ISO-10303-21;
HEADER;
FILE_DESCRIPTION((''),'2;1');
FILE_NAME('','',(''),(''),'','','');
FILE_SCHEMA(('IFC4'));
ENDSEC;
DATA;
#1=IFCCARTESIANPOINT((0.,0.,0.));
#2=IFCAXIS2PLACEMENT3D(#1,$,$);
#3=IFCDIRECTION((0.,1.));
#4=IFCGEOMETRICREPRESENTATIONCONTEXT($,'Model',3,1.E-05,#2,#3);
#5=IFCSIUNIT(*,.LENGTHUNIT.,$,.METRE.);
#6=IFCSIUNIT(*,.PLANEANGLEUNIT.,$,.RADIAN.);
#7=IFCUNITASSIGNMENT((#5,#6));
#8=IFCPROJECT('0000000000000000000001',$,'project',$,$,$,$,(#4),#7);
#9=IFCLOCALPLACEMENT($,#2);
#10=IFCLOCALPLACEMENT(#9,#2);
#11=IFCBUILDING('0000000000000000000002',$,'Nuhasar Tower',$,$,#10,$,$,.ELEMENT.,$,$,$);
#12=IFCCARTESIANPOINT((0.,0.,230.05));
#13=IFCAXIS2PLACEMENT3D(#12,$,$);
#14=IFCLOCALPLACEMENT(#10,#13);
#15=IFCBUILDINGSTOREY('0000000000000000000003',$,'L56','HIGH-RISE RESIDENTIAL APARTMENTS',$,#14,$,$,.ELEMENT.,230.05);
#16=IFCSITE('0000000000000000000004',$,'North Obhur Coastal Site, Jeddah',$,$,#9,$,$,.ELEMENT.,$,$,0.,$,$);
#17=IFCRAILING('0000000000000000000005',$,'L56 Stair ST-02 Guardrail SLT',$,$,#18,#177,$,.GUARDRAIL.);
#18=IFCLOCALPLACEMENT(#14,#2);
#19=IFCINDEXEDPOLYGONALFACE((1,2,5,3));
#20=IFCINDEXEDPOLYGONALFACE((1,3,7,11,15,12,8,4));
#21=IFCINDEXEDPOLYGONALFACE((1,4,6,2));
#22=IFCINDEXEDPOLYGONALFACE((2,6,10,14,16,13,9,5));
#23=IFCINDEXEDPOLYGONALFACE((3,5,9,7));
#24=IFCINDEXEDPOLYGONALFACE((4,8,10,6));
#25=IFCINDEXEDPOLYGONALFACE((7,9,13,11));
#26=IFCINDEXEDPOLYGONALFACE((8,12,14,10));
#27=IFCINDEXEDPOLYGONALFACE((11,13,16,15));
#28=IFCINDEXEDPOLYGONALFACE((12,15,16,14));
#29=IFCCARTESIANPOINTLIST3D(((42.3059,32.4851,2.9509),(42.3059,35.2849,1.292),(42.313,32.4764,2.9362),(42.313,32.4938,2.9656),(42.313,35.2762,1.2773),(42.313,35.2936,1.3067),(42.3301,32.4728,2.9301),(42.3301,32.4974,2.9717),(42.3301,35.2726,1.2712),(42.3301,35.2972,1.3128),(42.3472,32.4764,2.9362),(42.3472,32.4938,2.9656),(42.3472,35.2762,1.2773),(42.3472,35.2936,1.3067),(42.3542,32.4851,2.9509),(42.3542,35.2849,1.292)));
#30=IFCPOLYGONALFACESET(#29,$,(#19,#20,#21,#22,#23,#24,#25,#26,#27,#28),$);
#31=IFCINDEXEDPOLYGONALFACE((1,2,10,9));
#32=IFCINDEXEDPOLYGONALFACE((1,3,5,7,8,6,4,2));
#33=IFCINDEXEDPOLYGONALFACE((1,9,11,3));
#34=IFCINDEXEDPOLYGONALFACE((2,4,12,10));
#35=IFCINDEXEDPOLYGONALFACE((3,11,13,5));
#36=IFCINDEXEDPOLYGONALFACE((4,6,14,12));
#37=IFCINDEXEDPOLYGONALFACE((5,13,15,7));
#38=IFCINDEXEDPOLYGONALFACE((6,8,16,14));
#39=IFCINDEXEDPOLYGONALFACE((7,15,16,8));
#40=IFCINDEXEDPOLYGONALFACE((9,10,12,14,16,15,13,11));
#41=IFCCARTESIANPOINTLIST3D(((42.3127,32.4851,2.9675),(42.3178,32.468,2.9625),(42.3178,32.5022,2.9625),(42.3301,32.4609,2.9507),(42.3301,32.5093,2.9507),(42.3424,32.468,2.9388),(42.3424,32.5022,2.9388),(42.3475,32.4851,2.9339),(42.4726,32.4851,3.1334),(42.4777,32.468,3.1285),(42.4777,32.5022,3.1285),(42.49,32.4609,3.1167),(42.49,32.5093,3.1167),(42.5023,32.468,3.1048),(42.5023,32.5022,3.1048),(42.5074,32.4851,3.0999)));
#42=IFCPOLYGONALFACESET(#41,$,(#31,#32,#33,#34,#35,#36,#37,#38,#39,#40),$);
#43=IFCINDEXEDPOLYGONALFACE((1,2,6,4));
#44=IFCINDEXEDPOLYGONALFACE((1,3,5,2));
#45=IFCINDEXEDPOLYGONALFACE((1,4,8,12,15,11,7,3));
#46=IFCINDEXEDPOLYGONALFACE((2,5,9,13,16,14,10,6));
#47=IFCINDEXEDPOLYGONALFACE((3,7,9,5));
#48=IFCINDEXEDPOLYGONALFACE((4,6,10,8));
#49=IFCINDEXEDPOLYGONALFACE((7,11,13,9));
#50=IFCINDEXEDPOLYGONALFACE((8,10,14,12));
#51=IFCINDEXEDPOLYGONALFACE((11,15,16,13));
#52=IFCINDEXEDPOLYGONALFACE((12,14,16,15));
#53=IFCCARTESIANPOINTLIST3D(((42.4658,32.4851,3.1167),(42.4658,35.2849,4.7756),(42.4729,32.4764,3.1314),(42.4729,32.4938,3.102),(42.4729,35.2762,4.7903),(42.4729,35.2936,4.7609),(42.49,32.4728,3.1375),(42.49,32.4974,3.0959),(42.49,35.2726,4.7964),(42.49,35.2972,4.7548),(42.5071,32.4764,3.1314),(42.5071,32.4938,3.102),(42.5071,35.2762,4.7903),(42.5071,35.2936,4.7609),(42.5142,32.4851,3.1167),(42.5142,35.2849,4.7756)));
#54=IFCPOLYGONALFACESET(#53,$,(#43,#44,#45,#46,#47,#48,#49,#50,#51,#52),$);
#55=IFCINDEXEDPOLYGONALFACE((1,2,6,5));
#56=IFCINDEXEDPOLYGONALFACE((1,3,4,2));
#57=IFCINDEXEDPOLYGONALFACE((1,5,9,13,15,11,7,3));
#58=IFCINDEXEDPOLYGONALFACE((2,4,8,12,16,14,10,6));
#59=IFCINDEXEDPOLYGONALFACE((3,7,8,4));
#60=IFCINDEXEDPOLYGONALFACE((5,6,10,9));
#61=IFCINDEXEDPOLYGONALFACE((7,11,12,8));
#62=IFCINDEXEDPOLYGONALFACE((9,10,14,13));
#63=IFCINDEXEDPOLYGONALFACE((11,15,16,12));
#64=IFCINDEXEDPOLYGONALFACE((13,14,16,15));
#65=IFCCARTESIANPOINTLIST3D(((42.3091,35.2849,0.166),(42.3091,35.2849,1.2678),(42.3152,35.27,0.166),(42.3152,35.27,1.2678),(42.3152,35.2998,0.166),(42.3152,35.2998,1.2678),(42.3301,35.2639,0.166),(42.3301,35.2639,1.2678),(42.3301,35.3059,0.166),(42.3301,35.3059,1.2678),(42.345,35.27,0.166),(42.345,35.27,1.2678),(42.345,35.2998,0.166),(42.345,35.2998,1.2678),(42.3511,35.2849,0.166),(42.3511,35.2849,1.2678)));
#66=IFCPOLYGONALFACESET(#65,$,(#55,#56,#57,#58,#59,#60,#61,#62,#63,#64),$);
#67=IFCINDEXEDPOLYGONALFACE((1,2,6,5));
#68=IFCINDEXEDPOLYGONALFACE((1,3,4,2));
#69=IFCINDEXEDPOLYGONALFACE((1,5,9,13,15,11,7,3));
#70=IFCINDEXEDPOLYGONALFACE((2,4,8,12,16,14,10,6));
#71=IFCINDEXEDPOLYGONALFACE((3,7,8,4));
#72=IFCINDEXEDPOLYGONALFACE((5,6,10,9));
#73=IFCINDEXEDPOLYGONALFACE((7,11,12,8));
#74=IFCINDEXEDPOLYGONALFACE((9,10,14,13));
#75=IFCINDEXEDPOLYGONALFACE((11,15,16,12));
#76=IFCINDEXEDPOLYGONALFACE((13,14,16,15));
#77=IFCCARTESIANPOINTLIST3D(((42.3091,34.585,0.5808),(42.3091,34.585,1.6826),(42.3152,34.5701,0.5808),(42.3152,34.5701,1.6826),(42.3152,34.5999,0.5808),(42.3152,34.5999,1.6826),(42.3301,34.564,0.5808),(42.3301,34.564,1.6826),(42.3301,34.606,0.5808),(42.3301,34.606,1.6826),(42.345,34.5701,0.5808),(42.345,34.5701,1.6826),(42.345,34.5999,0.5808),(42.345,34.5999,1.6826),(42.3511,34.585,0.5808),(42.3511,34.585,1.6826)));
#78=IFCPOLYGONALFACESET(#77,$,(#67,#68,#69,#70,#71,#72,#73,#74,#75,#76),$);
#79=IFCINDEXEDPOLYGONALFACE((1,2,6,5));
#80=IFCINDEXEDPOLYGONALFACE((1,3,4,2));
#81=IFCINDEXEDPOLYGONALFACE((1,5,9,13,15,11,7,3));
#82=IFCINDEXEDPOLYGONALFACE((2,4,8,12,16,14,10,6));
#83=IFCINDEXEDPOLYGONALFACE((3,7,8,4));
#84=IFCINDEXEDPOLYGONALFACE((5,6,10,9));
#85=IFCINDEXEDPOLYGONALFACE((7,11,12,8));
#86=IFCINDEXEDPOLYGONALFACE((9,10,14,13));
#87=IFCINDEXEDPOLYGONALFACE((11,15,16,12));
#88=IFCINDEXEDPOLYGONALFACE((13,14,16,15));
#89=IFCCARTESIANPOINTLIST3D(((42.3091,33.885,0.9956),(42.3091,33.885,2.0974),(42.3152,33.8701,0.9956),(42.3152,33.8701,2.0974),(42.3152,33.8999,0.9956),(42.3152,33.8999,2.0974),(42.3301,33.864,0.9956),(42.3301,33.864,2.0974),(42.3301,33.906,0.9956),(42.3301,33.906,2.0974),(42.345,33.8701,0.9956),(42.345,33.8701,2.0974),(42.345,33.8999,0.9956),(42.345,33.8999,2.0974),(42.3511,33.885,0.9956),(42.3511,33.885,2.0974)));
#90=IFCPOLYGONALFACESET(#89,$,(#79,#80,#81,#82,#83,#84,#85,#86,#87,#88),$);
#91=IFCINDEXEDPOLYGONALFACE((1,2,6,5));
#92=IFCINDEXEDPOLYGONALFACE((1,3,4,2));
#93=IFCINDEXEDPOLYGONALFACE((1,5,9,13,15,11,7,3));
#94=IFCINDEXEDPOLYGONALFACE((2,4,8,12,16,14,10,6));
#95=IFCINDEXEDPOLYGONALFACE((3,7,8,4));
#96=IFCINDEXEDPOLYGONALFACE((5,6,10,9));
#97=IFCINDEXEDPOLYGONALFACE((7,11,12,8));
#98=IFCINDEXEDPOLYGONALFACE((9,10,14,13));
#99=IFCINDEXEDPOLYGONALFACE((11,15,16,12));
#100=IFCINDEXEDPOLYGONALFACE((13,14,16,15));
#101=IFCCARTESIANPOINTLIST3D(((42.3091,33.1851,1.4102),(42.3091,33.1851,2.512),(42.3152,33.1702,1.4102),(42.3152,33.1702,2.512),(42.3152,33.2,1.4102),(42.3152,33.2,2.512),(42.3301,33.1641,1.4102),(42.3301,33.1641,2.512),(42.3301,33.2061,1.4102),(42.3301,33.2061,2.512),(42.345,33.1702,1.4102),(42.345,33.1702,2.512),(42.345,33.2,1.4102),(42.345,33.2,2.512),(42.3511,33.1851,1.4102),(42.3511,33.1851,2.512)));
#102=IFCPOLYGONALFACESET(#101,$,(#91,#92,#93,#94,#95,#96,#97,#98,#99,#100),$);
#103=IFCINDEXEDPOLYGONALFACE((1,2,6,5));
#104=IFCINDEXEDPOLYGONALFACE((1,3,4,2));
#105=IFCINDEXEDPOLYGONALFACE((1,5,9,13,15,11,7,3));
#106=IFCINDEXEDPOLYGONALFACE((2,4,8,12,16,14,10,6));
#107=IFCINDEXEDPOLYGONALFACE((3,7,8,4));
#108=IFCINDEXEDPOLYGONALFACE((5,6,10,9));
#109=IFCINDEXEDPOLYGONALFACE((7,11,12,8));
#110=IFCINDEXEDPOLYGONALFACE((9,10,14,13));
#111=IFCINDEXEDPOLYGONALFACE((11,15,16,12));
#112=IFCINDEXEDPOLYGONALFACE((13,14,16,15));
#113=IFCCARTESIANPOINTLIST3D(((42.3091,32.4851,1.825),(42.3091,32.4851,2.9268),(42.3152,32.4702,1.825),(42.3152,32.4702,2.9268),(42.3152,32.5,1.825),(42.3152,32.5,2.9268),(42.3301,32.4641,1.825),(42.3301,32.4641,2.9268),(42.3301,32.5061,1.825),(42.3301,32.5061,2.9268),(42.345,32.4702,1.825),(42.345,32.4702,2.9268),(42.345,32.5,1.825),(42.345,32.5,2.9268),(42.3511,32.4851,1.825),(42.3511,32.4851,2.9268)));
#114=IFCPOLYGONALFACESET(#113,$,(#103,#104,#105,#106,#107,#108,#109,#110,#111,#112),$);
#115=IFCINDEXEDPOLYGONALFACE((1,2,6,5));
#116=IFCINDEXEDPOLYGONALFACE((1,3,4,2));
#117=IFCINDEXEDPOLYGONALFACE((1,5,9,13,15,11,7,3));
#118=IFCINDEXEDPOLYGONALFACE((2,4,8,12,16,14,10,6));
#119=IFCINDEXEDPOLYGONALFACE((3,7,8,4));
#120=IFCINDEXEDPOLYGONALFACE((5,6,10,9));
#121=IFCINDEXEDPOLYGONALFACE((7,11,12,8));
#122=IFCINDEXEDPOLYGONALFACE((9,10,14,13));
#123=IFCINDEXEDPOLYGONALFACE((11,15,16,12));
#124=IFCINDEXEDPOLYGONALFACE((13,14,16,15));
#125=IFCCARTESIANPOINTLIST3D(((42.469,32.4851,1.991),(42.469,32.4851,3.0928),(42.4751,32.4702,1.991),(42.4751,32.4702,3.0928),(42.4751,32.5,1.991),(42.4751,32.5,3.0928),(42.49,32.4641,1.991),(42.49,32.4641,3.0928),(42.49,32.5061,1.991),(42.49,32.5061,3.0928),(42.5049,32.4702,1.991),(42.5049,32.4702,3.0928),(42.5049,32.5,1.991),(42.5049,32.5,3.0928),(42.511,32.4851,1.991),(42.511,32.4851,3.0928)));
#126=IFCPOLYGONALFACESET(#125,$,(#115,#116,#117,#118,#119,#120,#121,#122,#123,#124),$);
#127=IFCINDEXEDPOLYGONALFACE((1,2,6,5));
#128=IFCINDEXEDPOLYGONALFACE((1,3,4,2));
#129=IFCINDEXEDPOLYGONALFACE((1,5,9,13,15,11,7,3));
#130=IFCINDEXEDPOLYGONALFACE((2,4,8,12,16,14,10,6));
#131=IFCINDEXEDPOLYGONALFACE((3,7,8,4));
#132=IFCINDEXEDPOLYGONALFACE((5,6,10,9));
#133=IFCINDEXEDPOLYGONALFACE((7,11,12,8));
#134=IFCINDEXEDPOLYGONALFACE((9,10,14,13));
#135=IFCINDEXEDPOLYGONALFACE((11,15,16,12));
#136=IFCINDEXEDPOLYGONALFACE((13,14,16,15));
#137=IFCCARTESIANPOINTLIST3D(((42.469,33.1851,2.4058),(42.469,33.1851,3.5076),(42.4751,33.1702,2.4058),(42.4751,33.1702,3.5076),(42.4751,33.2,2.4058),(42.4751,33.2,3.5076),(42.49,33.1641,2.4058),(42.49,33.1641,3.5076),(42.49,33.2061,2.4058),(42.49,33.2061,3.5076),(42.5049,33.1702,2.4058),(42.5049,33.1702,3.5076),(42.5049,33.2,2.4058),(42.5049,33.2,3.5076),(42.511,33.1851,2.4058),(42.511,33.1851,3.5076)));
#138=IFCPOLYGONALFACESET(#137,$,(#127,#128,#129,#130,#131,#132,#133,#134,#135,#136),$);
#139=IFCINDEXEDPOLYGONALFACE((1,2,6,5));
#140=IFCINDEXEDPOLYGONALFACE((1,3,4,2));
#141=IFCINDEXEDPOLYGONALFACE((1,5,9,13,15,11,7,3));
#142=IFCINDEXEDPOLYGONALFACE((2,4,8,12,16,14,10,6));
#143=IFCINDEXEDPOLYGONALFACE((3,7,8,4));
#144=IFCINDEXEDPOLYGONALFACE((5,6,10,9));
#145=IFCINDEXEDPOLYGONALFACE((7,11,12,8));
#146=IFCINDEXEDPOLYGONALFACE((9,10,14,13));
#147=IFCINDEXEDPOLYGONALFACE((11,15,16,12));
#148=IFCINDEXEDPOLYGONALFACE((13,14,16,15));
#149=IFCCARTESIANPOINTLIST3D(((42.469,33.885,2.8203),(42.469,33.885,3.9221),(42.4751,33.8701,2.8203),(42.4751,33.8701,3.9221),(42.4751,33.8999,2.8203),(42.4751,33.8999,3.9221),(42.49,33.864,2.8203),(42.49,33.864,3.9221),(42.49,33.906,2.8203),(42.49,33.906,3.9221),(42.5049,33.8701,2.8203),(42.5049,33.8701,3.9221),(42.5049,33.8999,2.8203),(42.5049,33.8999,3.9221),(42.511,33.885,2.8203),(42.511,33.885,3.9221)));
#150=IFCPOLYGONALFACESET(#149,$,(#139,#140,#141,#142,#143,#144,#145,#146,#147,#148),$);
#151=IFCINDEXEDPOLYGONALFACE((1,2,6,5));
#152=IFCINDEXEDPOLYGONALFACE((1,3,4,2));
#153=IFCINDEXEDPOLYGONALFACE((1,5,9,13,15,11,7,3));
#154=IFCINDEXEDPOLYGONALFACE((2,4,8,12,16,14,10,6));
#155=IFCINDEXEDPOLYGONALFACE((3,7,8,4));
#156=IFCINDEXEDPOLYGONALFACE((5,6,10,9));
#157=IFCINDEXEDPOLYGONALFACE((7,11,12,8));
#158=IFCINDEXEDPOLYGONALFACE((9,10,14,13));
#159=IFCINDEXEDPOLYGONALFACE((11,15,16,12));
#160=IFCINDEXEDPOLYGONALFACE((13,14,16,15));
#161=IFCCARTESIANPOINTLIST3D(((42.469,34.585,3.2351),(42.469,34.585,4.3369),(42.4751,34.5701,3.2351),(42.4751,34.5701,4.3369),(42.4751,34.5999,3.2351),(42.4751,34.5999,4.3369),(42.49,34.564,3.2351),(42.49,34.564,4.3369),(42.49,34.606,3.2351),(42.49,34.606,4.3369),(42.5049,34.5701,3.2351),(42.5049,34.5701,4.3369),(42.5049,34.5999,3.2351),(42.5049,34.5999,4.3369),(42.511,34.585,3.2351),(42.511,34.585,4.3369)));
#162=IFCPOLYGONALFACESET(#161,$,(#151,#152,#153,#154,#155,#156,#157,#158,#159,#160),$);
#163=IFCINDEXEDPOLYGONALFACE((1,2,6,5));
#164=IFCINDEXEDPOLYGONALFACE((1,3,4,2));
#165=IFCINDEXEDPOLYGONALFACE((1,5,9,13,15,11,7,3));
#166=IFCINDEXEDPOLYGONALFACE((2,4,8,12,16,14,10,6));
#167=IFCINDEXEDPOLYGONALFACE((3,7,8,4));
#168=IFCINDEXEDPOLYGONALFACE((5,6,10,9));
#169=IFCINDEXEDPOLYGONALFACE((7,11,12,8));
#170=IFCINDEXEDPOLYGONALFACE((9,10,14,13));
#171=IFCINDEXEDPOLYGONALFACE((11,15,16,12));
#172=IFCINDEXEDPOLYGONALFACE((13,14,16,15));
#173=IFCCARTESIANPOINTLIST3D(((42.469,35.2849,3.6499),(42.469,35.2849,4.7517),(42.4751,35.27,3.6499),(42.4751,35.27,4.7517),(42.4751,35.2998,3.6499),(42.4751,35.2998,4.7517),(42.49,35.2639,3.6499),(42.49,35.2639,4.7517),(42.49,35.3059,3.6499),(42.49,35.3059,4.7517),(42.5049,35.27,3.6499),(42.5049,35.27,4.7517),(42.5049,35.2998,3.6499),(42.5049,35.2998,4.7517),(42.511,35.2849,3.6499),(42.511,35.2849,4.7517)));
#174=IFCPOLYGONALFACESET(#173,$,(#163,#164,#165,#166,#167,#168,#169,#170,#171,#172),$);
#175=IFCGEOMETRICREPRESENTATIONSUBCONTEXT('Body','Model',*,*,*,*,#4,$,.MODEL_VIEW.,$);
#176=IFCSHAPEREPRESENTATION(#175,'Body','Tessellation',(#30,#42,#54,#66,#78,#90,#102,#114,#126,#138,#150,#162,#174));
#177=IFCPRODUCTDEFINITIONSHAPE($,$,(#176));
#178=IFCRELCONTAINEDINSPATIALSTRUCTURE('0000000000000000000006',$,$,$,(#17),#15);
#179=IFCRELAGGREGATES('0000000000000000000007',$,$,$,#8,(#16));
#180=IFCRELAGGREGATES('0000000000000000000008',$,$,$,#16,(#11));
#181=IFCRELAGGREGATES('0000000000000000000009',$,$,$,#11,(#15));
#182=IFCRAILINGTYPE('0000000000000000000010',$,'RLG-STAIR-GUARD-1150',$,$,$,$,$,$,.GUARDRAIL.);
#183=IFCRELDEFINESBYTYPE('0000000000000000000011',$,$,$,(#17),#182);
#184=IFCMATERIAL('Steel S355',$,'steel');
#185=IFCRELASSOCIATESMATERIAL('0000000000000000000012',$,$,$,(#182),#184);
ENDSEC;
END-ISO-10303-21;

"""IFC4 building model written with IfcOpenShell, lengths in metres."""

from ifc_helpers import new_model, si_unit, direction, frame, origin, place, context, subcontext, project, spatial, polyline, outline, extrude, material, type_object, element, save


model = new_model("IFC4")

# Units and contexts
model_context = context("Model", 3, precision=1e-05, world=origin(), true_north=direction((0.0, 1.0)))
body_context = subcontext(model_context, "Body", "Model", "MODEL_VIEW")
ifc_project = project(units=[si_unit("LENGTHUNIT", "METRE"), si_unit("PLANEANGLEUNIT", "RADIAN")], contexts=[model_context])

# Site, building, storey
site_placement = place(None, origin())
site = spatial("IfcSite", under=ifc_project, at=site_placement, Name="North Obhur Coastal Site, Jeddah", CompositionType="ELEMENT", RefElevation=0.0)
building_placement = place(site_placement, origin())
building = spatial("IfcBuilding", under=site, at=building_placement, Name="Nuhasar Tower", CompositionType="ELEMENT")
storey_placement = place(building_placement, frame((0.0, 0.0, 230.05)))
storey = spatial("IfcBuildingStorey", under=building, at=storey_placement, Name="L56", Description="HIGH-RISE RESIDENTIAL APARTMENTS", CompositionType="ELEMENT", Elevation=230.05)

# Shared definitions
ifc_material_1 = material(Name="Steel S355", Category="steel")

# Railing
railing_type_1 = type_object("IfcRailingType", Name="RLG-STAIR-GUARD-1150", PredefinedType="GUARDRAIL", material=ifc_material_1)
railing_1_placement = place(storey_placement, frame((42.3301, 35.2849, 0.166)))
element("IfcRailing", 1, at=railing_1_placement, inside=storey, type_object=railing_type_1, Name="L56 Stair ST-02 Guardrail SLT", PredefinedType="GUARDRAIL", context=body_context, shape_type="SweptSolid", body=[
    extrude(outline(polyline([(0.0242, 0.0), (0.0171, 0.0171), (0.0, 0.0242), (-0.0171, 0.0171), (-0.0242, 0.0), (-0.0171, -0.0171), (0.0, -0.0242), (0.0171, -0.0171), (0.0242, 0.0)])), frame((0.0, 0.0, 1.126), z_axis=(0.0, -0.86032, 0.509755), x_axis=(1.0, 0.0, 0.0)), (0.0, 0.0, 1.0), 3.2544),
    extrude(outline(polyline([(0.0242, 0.0), (0.0171, 0.0171), (0.0, 0.0242), (-0.0171, 0.0171), (-0.0242, 0.0), (-0.0171, -0.0171), (0.0, -0.0242), (0.0171, -0.0171), (0.0242, 0.0)])), frame((0.0, -2.7998, 2.7847), z_axis=(0.693743, 0.0, 0.720222), x_axis=(0.0, 1.0, 0.0)), (0.0, 0.0, 1.0), 0.2305),
    extrude(outline(polyline([(0.0242, 0.0), (0.0171, 0.0171), (0.0, 0.0242), (-0.0171, 0.0171), (-0.0242, 0.0), (-0.0171, -0.0171), (0.0, -0.0242), (0.0171, -0.0171), (0.0242, 0.0)])), frame((0.1599, -2.7998, 2.9507), z_axis=(0.0, 0.86032, 0.509755), x_axis=(-1.0, 0.0, 0.0)), (0.0, 0.0, 1.0), 3.2544),
    extrude(outline(polyline([(0.021, 0.0), (0.0149, 0.0149), (0.0, 0.021), (-0.0149, 0.0149), (-0.021, 0.0), (-0.0149, -0.0149), (0.0, -0.021), (0.0149, -0.0149), (0.021, 0.0)])), origin(), (0.0, 0.0, 1.0), 1.1018),
    extrude(outline(polyline([(0.021, 0.0), (0.0149, 0.0149), (0.0, 0.021), (-0.0149, 0.0149), (-0.021, 0.0), (-0.0149, -0.0149), (0.0, -0.021), (0.0149, -0.0149), (0.021, 0.0)])), frame((0.0, -0.7, 0.4148)), (0.0, 0.0, 1.0), 1.1018),
    extrude(outline(polyline([(0.021, 0.0), (0.0149, 0.0149), (0.0, 0.021), (-0.0149, 0.0149), (-0.021, 0.0), (-0.0149, -0.0149), (0.0, -0.021), (0.0149, -0.0149), (0.021, 0.0)])), frame((0.0, -1.3999, 0.8296)), (0.0, 0.0, 1.0), 1.1018),
    extrude(outline(polyline([(0.021, 0.0), (0.0149, 0.0149), (0.0, 0.021), (-0.0149, 0.0149), (-0.021, 0.0), (-0.0149, -0.0149), (0.0, -0.021), (0.0149, -0.0149), (0.021, 0.0)])), frame((0.0, -2.0999, 1.2441)), (0.0, 0.0, 1.0), 1.1018),
    extrude(outline(polyline([(0.021, 0.0), (0.0149, 0.0149), (0.0, 0.021), (-0.0149, 0.0149), (-0.021, 0.0), (-0.0149, -0.0149), (0.0, -0.021), (0.0149, -0.0149), (0.021, 0.0)])), frame((0.0, -2.7998, 1.6589)), (0.0, 0.0, 1.0), 1.1018),
    extrude(outline(polyline([(0.021, 0.0), (0.0149, 0.0149), (0.0, 0.021), (-0.0149, 0.0149), (-0.021, 0.0), (-0.0149, -0.0149), (0.0, -0.021), (0.0149, -0.0149), (0.021, 0.0)])), frame((0.1599, -2.7998, 1.825)), (0.0, 0.0, 1.0), 1.1018),
    extrude(outline(polyline([(0.021, 0.0), (0.0149, 0.0149), (0.0, 0.021), (-0.0149, 0.0149), (-0.021, 0.0), (-0.0149, -0.0149), (0.0, -0.021), (0.0149, -0.0149), (0.021, 0.0)])), frame((0.1599, -2.0999, 2.2397)), (0.0, 0.0, 1.0), 1.1018),
    extrude(outline(polyline([(0.021, 0.0), (0.0149, 0.0149), (0.0, 0.021), (-0.0149, 0.0149), (-0.021, 0.0), (-0.0149, -0.0149), (0.0, -0.021), (0.0149, -0.0149), (0.021, 0.0)])), frame((0.1599, -1.3999, 2.6543)), (0.0, 0.0, 1.0), 1.1018),
    extrude(outline(polyline([(0.021, 0.0), (0.0149, 0.0149), (0.0, 0.021), (-0.0149, 0.0149), (-0.021, 0.0), (-0.0149, -0.0149), (0.0, -0.021), (0.0149, -0.0149), (0.021, 0.0)])), frame((0.1599, -0.7, 3.0691)), (0.0, 0.0, 1.0), 1.1018),
    extrude(outline(polyline([(0.021, 0.0), (0.0149, 0.0149), (0.0, 0.021), (-0.0149, 0.0149), (-0.021, 0.0), (-0.0149, -0.0149), (0.0, -0.021), (0.0149, -0.0149), (0.021, 0.0)])), frame((0.1599, 0.0, 3.4839)), (0.0, 0.0, 1.0), 1.1018),
])

save(model, "model.ifc")
